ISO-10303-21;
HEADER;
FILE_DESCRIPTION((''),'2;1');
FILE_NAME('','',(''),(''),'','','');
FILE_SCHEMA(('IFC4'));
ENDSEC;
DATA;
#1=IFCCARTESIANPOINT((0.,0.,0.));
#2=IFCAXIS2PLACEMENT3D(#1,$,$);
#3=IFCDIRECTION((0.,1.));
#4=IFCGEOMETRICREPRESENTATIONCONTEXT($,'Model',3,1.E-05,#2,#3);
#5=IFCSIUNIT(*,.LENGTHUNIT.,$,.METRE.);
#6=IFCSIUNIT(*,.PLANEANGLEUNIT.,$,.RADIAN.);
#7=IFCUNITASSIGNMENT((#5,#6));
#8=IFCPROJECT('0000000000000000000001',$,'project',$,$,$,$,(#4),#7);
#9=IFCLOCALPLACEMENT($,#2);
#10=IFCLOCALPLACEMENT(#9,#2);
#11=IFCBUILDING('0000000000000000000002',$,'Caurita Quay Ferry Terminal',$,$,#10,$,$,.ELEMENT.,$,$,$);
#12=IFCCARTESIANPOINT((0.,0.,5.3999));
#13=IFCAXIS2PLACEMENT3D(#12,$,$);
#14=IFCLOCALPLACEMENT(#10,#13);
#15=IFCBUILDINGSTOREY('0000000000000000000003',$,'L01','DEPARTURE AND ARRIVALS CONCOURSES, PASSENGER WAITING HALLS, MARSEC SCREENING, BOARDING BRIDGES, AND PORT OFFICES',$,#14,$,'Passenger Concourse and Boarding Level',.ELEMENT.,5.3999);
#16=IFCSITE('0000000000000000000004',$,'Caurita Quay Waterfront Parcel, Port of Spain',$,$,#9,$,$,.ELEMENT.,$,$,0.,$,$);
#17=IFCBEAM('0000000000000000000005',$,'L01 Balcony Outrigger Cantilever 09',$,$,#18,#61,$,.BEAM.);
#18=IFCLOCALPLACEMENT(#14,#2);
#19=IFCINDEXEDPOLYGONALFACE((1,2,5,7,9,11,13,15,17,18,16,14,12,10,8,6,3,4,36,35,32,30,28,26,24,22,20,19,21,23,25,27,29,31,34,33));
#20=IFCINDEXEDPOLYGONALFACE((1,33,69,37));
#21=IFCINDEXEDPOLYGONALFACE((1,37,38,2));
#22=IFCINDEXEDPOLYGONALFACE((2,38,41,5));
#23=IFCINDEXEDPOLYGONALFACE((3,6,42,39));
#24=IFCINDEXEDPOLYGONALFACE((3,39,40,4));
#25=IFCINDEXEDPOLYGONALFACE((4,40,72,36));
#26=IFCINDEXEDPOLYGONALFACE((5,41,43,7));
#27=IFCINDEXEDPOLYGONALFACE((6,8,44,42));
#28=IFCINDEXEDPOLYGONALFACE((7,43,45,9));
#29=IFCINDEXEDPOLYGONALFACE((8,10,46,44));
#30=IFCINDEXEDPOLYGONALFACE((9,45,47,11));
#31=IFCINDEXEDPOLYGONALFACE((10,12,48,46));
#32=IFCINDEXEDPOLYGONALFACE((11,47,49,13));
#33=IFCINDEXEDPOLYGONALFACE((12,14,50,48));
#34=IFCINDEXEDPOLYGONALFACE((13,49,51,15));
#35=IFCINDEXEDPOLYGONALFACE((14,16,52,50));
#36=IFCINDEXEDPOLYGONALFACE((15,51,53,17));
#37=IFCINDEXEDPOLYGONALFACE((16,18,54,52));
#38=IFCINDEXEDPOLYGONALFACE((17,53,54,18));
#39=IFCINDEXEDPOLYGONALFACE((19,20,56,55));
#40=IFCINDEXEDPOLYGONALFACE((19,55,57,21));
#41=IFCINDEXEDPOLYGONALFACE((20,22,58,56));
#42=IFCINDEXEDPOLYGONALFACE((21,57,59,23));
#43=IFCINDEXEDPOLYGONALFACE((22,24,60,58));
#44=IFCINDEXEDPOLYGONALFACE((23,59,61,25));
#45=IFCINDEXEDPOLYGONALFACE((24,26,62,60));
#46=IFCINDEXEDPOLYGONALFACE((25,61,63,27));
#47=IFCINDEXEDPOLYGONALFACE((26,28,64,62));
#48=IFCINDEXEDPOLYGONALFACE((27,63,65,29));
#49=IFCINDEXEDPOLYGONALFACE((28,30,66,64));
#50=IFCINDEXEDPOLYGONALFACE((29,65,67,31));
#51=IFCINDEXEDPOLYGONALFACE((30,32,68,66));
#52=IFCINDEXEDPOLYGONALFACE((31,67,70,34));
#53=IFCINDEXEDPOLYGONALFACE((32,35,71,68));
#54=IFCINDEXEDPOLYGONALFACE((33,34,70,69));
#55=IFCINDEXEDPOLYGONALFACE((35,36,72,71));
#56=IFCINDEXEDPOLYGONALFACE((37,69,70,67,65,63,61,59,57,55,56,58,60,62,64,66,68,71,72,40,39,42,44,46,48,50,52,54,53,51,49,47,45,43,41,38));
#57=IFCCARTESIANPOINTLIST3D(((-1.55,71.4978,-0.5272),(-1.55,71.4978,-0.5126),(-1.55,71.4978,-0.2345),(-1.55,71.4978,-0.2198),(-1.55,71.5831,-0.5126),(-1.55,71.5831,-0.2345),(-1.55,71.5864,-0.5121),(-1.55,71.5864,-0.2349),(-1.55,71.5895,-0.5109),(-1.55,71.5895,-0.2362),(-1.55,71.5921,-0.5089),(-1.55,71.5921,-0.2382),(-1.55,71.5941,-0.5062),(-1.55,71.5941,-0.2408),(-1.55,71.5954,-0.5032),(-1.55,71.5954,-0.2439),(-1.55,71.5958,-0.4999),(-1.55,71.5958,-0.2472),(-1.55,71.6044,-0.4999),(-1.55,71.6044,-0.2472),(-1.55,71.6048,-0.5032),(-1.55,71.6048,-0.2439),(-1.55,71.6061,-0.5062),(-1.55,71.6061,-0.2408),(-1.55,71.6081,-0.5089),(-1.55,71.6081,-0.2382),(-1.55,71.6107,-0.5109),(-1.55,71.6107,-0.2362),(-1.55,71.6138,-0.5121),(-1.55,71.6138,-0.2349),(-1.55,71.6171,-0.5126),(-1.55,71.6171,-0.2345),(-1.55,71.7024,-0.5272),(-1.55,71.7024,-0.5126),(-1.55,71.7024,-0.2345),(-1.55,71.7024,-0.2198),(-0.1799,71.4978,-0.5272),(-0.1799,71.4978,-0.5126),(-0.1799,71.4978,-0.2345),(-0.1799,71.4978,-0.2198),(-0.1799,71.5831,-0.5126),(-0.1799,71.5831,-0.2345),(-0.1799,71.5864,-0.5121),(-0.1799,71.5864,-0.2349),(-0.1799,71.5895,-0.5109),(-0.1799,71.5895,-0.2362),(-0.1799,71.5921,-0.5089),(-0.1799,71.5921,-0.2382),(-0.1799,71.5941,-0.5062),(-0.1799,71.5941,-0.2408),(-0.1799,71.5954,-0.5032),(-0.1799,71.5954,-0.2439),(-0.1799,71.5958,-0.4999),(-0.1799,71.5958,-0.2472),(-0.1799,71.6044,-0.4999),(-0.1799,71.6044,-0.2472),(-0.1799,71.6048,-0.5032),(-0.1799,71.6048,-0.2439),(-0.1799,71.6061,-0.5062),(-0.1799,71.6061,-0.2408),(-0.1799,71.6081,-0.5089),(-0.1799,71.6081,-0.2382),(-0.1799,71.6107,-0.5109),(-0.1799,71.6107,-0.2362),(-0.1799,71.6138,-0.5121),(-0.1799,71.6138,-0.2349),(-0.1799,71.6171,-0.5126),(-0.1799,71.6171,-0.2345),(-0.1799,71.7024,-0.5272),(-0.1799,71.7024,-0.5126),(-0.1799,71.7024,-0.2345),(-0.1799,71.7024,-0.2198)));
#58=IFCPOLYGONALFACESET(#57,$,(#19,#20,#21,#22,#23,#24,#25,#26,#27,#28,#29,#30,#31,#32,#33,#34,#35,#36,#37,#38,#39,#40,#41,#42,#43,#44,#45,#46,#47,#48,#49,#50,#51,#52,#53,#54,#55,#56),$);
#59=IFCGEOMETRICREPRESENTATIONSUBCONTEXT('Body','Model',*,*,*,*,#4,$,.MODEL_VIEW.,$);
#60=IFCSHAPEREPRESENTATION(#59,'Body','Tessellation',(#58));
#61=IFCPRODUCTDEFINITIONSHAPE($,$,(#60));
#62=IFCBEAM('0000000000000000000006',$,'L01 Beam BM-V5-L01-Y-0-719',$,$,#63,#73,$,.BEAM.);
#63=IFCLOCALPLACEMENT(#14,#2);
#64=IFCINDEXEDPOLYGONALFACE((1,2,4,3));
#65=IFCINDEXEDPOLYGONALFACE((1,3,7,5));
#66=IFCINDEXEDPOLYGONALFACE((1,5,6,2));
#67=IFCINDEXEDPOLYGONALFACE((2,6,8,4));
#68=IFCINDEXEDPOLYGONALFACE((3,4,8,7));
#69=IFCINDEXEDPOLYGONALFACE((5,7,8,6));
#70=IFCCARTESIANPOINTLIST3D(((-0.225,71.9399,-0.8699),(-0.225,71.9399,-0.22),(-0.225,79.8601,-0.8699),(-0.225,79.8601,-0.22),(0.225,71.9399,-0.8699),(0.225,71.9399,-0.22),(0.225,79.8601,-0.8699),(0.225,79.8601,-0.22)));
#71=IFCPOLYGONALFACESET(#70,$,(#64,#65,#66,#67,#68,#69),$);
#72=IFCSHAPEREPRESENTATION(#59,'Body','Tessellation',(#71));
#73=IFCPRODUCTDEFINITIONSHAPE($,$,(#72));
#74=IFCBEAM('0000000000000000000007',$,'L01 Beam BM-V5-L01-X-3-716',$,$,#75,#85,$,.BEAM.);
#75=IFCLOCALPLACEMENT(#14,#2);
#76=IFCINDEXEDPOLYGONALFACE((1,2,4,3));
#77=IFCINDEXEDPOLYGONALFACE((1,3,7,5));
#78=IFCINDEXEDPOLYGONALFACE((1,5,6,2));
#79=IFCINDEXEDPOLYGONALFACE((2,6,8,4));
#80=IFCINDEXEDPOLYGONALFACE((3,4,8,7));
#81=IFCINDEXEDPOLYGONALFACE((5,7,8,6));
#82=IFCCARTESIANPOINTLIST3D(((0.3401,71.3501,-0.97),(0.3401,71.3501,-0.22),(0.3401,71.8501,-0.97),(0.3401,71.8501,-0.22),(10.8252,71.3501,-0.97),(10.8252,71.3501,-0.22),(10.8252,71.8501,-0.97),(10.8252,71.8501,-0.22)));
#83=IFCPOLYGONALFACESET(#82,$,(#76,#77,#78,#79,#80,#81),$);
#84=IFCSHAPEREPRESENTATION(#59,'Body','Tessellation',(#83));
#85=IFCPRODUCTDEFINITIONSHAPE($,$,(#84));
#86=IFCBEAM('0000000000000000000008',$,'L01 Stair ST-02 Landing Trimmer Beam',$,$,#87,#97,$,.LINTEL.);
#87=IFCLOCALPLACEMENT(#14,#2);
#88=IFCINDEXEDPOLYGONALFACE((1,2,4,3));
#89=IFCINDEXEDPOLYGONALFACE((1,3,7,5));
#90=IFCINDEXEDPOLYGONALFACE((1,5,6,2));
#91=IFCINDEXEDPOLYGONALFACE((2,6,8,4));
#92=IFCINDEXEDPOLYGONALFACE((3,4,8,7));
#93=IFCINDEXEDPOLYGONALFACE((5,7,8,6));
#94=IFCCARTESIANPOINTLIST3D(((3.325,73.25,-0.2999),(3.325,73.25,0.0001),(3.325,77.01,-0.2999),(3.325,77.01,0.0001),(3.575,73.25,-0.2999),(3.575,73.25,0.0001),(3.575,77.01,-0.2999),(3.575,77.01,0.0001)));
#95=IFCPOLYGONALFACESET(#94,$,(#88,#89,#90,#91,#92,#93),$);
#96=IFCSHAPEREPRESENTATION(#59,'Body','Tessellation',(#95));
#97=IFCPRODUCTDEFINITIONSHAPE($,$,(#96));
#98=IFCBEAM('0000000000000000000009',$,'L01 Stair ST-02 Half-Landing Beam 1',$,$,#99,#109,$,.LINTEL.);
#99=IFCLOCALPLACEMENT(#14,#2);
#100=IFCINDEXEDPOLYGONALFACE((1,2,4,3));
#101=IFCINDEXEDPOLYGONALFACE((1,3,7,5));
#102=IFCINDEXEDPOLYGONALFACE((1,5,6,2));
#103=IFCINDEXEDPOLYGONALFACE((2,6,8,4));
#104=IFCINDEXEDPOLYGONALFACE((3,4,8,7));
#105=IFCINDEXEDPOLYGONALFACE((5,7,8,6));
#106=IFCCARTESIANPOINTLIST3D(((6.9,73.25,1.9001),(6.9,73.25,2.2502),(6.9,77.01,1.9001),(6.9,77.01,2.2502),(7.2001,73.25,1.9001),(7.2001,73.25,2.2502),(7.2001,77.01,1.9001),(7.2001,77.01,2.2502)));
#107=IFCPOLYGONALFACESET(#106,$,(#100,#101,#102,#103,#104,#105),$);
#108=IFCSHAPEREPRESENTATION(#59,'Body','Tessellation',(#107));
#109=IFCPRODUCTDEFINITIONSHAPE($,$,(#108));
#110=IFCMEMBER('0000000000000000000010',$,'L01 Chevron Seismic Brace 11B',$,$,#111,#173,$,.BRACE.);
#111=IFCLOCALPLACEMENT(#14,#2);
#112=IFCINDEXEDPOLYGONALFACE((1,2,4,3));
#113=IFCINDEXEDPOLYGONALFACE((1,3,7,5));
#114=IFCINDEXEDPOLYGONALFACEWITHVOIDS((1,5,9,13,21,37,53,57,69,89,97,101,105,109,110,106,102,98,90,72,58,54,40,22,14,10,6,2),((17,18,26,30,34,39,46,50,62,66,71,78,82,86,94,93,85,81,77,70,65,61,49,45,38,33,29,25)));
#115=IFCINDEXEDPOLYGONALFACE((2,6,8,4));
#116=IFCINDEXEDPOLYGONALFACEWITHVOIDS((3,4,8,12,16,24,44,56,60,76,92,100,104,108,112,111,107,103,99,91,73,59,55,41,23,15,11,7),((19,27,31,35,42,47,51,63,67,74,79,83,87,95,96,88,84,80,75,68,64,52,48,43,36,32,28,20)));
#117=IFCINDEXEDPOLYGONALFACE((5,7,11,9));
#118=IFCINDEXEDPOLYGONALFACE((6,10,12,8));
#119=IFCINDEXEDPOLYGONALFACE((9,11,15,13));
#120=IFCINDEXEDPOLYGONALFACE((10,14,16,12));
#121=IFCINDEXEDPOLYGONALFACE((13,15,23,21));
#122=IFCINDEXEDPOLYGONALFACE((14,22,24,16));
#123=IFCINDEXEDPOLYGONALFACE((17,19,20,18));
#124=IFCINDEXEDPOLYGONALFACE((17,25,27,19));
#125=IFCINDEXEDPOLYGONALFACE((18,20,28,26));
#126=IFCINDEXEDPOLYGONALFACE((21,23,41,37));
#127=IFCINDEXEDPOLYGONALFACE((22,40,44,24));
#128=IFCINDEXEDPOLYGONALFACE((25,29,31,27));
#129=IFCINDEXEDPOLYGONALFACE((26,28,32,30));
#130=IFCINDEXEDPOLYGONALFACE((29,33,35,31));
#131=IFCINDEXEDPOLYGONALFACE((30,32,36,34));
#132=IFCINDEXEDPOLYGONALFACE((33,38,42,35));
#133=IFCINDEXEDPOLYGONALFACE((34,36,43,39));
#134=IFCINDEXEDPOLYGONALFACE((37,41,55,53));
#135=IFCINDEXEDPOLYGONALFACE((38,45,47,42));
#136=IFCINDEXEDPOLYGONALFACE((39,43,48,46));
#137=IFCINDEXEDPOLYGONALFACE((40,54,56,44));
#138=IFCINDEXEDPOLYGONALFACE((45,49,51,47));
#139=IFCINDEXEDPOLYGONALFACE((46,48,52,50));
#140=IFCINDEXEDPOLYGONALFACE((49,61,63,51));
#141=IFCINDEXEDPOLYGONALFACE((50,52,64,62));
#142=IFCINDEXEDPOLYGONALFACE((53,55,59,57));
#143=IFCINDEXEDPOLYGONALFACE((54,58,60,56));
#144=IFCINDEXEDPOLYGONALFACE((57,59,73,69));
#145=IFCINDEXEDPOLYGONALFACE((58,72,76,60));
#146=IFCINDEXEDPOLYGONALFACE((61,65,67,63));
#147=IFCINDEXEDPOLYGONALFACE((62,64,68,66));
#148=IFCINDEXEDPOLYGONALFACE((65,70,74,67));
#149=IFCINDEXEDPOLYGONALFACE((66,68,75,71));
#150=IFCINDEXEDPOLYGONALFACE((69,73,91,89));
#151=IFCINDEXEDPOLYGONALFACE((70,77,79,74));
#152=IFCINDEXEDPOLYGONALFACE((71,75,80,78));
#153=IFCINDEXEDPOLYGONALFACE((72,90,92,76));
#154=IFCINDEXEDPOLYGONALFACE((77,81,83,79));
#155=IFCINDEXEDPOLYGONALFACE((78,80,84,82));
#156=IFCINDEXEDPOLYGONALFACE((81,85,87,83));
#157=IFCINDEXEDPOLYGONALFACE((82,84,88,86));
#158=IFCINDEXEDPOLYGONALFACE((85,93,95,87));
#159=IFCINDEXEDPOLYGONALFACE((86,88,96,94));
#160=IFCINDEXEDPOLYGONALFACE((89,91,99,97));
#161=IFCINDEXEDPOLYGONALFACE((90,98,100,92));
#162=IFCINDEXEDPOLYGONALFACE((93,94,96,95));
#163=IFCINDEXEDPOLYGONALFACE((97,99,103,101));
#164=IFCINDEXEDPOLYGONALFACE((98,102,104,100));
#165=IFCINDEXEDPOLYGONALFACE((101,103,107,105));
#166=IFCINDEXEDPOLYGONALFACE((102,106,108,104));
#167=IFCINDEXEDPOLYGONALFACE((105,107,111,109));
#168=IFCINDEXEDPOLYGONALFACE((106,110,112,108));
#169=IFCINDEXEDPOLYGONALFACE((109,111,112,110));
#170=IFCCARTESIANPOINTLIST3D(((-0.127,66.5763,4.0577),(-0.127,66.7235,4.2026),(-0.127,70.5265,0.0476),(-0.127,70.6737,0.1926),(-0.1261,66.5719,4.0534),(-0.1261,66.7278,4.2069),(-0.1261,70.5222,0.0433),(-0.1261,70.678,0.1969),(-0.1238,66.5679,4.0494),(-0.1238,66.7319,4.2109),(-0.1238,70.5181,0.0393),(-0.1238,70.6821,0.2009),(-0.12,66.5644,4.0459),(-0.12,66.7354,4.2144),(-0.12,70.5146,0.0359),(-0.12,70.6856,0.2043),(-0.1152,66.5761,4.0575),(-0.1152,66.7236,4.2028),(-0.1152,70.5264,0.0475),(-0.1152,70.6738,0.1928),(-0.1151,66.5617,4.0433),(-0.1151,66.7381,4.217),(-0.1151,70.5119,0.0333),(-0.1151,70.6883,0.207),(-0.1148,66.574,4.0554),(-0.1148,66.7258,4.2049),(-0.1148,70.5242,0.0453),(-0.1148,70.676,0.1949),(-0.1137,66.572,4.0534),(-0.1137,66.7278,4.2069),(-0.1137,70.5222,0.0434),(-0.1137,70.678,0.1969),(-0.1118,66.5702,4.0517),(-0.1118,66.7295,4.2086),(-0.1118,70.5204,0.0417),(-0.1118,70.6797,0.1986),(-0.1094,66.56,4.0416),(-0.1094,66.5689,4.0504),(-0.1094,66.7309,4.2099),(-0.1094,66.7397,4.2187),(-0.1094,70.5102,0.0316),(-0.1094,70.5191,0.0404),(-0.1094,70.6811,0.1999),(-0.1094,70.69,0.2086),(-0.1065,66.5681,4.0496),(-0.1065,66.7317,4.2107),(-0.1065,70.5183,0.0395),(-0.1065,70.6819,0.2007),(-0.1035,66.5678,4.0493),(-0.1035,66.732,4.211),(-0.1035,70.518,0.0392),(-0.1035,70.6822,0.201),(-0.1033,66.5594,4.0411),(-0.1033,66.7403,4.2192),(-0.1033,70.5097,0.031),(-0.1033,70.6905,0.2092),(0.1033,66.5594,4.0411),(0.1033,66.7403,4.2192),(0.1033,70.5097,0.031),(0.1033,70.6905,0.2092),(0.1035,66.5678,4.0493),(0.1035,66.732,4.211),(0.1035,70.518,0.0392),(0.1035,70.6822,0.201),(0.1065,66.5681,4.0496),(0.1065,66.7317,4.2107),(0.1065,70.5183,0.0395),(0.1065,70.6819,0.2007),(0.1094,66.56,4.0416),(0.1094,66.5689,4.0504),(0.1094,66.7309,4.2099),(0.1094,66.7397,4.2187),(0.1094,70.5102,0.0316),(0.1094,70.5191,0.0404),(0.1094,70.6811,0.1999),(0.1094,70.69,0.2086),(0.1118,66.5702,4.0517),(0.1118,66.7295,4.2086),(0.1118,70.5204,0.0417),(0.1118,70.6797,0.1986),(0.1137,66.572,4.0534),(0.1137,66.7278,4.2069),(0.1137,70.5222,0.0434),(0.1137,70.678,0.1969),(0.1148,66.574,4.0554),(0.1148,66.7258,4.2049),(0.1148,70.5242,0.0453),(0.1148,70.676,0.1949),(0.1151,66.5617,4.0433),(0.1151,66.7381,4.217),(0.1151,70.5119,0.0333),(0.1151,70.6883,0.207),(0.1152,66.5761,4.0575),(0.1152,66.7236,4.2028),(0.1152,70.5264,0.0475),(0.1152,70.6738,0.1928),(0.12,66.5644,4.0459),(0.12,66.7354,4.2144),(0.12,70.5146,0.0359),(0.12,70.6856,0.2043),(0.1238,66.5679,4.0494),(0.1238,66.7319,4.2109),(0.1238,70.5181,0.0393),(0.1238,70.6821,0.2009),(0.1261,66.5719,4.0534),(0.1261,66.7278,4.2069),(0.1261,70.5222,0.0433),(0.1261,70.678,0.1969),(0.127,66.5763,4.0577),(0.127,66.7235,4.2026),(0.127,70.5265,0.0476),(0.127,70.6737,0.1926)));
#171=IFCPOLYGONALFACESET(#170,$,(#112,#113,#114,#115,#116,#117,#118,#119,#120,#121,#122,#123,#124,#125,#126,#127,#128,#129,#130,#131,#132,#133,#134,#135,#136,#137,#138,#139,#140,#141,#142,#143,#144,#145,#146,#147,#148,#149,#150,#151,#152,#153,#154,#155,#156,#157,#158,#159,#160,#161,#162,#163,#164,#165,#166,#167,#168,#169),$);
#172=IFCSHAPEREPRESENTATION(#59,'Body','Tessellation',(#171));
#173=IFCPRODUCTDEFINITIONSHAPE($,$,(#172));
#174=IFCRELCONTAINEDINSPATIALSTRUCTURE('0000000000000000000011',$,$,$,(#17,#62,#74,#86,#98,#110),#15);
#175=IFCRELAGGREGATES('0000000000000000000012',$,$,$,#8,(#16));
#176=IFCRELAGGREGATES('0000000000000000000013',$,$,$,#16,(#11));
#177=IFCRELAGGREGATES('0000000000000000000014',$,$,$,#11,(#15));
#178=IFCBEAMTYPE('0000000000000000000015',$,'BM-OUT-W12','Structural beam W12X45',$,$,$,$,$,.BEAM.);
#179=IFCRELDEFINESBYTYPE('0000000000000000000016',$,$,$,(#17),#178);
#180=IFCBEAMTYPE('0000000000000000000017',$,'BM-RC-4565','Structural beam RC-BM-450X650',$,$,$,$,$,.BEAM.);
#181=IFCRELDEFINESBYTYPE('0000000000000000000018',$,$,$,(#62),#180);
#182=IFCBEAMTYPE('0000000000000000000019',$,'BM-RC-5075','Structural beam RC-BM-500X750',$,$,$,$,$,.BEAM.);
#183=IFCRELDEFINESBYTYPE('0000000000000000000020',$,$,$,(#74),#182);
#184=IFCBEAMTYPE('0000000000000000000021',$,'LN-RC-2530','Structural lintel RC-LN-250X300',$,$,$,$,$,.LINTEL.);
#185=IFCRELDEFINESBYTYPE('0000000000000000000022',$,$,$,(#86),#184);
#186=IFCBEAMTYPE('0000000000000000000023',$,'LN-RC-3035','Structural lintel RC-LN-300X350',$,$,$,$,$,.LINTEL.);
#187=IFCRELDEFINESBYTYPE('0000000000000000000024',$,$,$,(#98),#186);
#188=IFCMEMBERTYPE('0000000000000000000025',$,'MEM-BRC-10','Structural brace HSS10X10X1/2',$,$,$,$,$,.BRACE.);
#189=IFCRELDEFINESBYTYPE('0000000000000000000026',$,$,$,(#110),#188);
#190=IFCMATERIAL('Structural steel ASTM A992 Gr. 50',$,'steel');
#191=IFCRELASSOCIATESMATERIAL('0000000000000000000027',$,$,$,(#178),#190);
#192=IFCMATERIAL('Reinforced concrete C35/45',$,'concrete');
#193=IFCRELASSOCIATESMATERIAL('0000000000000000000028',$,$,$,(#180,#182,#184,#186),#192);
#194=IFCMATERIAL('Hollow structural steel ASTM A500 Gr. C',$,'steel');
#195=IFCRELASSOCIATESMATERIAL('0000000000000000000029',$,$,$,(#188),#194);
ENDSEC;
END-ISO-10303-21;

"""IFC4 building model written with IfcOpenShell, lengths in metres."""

from ifc_helpers import new_model, si_unit, direction, frame, origin, origin_2d, place, context, subcontext, project, spatial, rectangle, hollow_rectangle, i_section, extrude, material, material_profile, profile_set, type_object, element, save


model = new_model("IFC4")

# Units and contexts
model_context = context("Model", 3, precision=1e-05, world=origin(), true_north=direction((0.0, 1.0)))
body_context = subcontext(model_context, "Body", "Model", "MODEL_VIEW")
ifc_project = project(units=[si_unit("LENGTHUNIT", "METRE"), si_unit("PLANEANGLEUNIT", "RADIAN")], contexts=[model_context])

# Site, building, storey
site_placement = place(None, origin())
site = spatial("IfcSite", under=ifc_project, at=site_placement, Name="Caurita Quay Waterfront Parcel, Port of Spain", CompositionType="ELEMENT", RefElevation=0.0)
building_placement = place(site_placement, origin())
building = spatial("IfcBuilding", under=site, at=building_placement, Name="Caurita Quay Ferry Terminal", CompositionType="ELEMENT")
storey_placement = place(building_placement, frame((0.0, 0.0, 5.3999)))
storey = spatial("IfcBuildingStorey", under=building, at=storey_placement, Name="L01", Description="DEPARTURE AND ARRIVALS CONCOURSES, PASSENGER WAITING HALLS, MARSEC SCREENING, BOARDING BRIDGES, AND PORT OFFICES", LongName="Passenger Concourse and Boarding Level", CompositionType="ELEMENT", Elevation=5.3999)

# Shared definitions
ifc_material_1 = material(Name="Reinforced concrete C35/45", Category="concrete")
ifc_material_2 = material(Name="Structural steel ASTM A992 Gr. 50", Category="steel")

# Beams
ifc_material_profile_1 = material_profile(ifc_material_2, i_section(OverallWidth=0.2046, OverallDepth=0.3074, WebThickness=0.0085, FlangeThickness=0.0146, FilletRadius=0.0127, at=origin_2d()), Name="W12X45")
ifc_profile_set_1 = profile_set([ifc_material_profile_1], Name="Structural steel ASTM A992 Gr. 50")
beam_type_1 = type_object("IfcBeamType", Name="BM-OUT-W12", Description="Structural beam W12X45", PredefinedType="BEAM", material=ifc_profile_set_1)
beam_1_placement = place(storey_placement, frame((-0.1799, 71.6001, -0.3735), z_axis=(-1.0, 0.0, 0.0), x_axis=(0.0, -1.0, 0.0)))
element("IfcBeam", 1, at=beam_1_placement, inside=storey, type_object=beam_type_1, Name="L01 Balcony Outrigger Cantilever 09", PredefinedType="BEAM", context=body_context, shape_type="SweptSolid", body=[
    extrude(i_section(OverallWidth=0.2046, OverallDepth=0.3074, WebThickness=0.0085, FlangeThickness=0.0146, FilletRadius=0.0127, at=origin_2d()), origin(), (0.0, 0.0, 1.0), 1.3701),
])
ifc_material_profile_2 = material_profile(ifc_material_1, rectangle(XDim=0.45, YDim=0.6499, at=origin_2d()), Name="RC-BM-450X650")
ifc_profile_set_2 = profile_set([ifc_material_profile_2], Name="Reinforced concrete C35/45")
beam_type_2 = type_object("IfcBeamType", Name="BM-RC-4565", Description="Structural beam RC-BM-450X650", PredefinedType="BEAM", material=ifc_profile_set_2)
beam_2_placement = place(storey_placement, frame((0.0, 71.9399, -0.5449), z_axis=(0.0, 1.0, 0.0), x_axis=(-1.0, 0.0, 0.0)))
element("IfcBeam", 2, at=beam_2_placement, inside=storey, type_object=beam_type_2, Name="L01 Beam BM-V5-L01-Y-0-719", PredefinedType="BEAM", context=body_context, shape_type="SweptSolid", body=[
    extrude(rectangle(XDim=0.45, YDim=0.6499, at=origin_2d()), origin(), (0.0, 0.0, 1.0), 7.9202),
])
ifc_material_profile_3 = material_profile(ifc_material_1, rectangle(XDim=0.5, YDim=0.75, at=origin_2d()), Name="RC-BM-500X750")
ifc_profile_set_3 = profile_set([ifc_material_profile_3], Name="Reinforced concrete C35/45")
beam_type_3 = type_object("IfcBeamType", Name="BM-RC-5075", Description="Structural beam RC-BM-500X750", PredefinedType="BEAM", material=ifc_profile_set_3)
beam_3_placement = place(storey_placement, frame((0.3401, 71.6001, -0.595), z_axis=(1.0, 0.0, 0.0), x_axis=(0.0, 1.0, 0.0)))
element("IfcBeam", 3, at=beam_3_placement, inside=storey, type_object=beam_type_3, Name="L01 Beam BM-V5-L01-X-3-716", PredefinedType="BEAM", context=body_context, shape_type="SweptSolid", body=[
    extrude(rectangle(XDim=0.5, YDim=0.75, at=origin_2d()), origin(), (0.0, 0.0, 1.0), 10.4851),
])
ifc_material_profile_4 = material_profile(ifc_material_1, rectangle(XDim=0.25, YDim=0.3, at=origin_2d()), Name="RC-LN-250X300")
ifc_profile_set_4 = profile_set([ifc_material_profile_4], Name="Reinforced concrete C35/45")
beam_type_4 = type_object("IfcBeamType", Name="LN-RC-2530", Description="Structural lintel RC-LN-250X300", PredefinedType="LINTEL", material=ifc_profile_set_4)
beam_4_placement = place(storey_placement, frame((3.45, 73.25, -0.1499), z_axis=(0.0, 1.0, 0.0), x_axis=(-1.0, 0.0, 0.0)))
element("IfcBeam", 4, at=beam_4_placement, inside=storey, type_object=beam_type_4, Name="L01 Stair ST-02 Landing Trimmer Beam", PredefinedType="LINTEL", context=body_context, shape_type="SweptSolid", body=[
    extrude(rectangle(XDim=0.25, YDim=0.3, at=origin_2d()), origin(), (0.0, 0.0, 1.0), 3.76),
])
ifc_material_profile_5 = material_profile(ifc_material_1, rectangle(XDim=0.3, YDim=0.3501, at=origin_2d()), Name="RC-LN-300X350")
ifc_profile_set_5 = profile_set([ifc_material_profile_5], Name="Reinforced concrete C35/45")
beam_type_5 = type_object("IfcBeamType", Name="LN-RC-3035", Description="Structural lintel RC-LN-300X350", PredefinedType="LINTEL", material=ifc_profile_set_5)
beam_5_placement = place(storey_placement, frame((7.05, 73.25, 2.0752), z_axis=(0.0, 1.0, 0.0), x_axis=(-1.0, 0.0, 0.0)))
element("IfcBeam", 5, at=beam_5_placement, inside=storey, type_object=beam_type_5, Name="L01 Stair ST-02 Half-Landing Beam 1", PredefinedType="LINTEL", context=body_context, shape_type="SweptSolid", body=[
    extrude(rectangle(XDim=0.3, YDim=0.3501, at=origin_2d()), origin(), (0.0, 0.0, 1.0), 3.76),
])

# Member
ifc_material_3 = material(Name="Hollow structural steel ASTM A500 Gr. C", Category="steel")
ifc_material_profile_6 = material_profile(ifc_material_3, hollow_rectangle(XDim=0.2539, YDim=0.2539, WallThickness=0.0117, InnerFilletRadius=0.0117, OuterFilletRadius=0.0237, at=origin_2d()), Name="HSS10X10X1/2")
ifc_profile_set_6 = profile_set([ifc_material_profile_6], Name="Hollow structural steel ASTM A500 Gr. C")
member_type = type_object("IfcMemberType", Name="MEM-BRC-10", Description="Structural brace HSS10X10X1/2", PredefinedType="BRACE", material=ifc_profile_set_6)
member_placement = place(storey_placement, frame((0.0, 70.6001, 0.1201), z_axis=(0.0, -0.701774, 0.7124), x_axis=(1.0, 0.0, 0.0)))
element("IfcMember", 6, at=member_placement, inside=storey, type_object=member_type, Name="L01 Chevron Seismic Brace 11B", PredefinedType="BRACE", context=body_context, shape_type="SweptSolid", body=[
    extrude(hollow_rectangle(XDim=0.2539, YDim=0.2539, WallThickness=0.0117, InnerFilletRadius=0.0117, OuterFilletRadius=0.0237, at=origin_2d()), origin(), (0.0, 0.0, 1.0), 5.6289),
])

save(model, "model.ifc")
